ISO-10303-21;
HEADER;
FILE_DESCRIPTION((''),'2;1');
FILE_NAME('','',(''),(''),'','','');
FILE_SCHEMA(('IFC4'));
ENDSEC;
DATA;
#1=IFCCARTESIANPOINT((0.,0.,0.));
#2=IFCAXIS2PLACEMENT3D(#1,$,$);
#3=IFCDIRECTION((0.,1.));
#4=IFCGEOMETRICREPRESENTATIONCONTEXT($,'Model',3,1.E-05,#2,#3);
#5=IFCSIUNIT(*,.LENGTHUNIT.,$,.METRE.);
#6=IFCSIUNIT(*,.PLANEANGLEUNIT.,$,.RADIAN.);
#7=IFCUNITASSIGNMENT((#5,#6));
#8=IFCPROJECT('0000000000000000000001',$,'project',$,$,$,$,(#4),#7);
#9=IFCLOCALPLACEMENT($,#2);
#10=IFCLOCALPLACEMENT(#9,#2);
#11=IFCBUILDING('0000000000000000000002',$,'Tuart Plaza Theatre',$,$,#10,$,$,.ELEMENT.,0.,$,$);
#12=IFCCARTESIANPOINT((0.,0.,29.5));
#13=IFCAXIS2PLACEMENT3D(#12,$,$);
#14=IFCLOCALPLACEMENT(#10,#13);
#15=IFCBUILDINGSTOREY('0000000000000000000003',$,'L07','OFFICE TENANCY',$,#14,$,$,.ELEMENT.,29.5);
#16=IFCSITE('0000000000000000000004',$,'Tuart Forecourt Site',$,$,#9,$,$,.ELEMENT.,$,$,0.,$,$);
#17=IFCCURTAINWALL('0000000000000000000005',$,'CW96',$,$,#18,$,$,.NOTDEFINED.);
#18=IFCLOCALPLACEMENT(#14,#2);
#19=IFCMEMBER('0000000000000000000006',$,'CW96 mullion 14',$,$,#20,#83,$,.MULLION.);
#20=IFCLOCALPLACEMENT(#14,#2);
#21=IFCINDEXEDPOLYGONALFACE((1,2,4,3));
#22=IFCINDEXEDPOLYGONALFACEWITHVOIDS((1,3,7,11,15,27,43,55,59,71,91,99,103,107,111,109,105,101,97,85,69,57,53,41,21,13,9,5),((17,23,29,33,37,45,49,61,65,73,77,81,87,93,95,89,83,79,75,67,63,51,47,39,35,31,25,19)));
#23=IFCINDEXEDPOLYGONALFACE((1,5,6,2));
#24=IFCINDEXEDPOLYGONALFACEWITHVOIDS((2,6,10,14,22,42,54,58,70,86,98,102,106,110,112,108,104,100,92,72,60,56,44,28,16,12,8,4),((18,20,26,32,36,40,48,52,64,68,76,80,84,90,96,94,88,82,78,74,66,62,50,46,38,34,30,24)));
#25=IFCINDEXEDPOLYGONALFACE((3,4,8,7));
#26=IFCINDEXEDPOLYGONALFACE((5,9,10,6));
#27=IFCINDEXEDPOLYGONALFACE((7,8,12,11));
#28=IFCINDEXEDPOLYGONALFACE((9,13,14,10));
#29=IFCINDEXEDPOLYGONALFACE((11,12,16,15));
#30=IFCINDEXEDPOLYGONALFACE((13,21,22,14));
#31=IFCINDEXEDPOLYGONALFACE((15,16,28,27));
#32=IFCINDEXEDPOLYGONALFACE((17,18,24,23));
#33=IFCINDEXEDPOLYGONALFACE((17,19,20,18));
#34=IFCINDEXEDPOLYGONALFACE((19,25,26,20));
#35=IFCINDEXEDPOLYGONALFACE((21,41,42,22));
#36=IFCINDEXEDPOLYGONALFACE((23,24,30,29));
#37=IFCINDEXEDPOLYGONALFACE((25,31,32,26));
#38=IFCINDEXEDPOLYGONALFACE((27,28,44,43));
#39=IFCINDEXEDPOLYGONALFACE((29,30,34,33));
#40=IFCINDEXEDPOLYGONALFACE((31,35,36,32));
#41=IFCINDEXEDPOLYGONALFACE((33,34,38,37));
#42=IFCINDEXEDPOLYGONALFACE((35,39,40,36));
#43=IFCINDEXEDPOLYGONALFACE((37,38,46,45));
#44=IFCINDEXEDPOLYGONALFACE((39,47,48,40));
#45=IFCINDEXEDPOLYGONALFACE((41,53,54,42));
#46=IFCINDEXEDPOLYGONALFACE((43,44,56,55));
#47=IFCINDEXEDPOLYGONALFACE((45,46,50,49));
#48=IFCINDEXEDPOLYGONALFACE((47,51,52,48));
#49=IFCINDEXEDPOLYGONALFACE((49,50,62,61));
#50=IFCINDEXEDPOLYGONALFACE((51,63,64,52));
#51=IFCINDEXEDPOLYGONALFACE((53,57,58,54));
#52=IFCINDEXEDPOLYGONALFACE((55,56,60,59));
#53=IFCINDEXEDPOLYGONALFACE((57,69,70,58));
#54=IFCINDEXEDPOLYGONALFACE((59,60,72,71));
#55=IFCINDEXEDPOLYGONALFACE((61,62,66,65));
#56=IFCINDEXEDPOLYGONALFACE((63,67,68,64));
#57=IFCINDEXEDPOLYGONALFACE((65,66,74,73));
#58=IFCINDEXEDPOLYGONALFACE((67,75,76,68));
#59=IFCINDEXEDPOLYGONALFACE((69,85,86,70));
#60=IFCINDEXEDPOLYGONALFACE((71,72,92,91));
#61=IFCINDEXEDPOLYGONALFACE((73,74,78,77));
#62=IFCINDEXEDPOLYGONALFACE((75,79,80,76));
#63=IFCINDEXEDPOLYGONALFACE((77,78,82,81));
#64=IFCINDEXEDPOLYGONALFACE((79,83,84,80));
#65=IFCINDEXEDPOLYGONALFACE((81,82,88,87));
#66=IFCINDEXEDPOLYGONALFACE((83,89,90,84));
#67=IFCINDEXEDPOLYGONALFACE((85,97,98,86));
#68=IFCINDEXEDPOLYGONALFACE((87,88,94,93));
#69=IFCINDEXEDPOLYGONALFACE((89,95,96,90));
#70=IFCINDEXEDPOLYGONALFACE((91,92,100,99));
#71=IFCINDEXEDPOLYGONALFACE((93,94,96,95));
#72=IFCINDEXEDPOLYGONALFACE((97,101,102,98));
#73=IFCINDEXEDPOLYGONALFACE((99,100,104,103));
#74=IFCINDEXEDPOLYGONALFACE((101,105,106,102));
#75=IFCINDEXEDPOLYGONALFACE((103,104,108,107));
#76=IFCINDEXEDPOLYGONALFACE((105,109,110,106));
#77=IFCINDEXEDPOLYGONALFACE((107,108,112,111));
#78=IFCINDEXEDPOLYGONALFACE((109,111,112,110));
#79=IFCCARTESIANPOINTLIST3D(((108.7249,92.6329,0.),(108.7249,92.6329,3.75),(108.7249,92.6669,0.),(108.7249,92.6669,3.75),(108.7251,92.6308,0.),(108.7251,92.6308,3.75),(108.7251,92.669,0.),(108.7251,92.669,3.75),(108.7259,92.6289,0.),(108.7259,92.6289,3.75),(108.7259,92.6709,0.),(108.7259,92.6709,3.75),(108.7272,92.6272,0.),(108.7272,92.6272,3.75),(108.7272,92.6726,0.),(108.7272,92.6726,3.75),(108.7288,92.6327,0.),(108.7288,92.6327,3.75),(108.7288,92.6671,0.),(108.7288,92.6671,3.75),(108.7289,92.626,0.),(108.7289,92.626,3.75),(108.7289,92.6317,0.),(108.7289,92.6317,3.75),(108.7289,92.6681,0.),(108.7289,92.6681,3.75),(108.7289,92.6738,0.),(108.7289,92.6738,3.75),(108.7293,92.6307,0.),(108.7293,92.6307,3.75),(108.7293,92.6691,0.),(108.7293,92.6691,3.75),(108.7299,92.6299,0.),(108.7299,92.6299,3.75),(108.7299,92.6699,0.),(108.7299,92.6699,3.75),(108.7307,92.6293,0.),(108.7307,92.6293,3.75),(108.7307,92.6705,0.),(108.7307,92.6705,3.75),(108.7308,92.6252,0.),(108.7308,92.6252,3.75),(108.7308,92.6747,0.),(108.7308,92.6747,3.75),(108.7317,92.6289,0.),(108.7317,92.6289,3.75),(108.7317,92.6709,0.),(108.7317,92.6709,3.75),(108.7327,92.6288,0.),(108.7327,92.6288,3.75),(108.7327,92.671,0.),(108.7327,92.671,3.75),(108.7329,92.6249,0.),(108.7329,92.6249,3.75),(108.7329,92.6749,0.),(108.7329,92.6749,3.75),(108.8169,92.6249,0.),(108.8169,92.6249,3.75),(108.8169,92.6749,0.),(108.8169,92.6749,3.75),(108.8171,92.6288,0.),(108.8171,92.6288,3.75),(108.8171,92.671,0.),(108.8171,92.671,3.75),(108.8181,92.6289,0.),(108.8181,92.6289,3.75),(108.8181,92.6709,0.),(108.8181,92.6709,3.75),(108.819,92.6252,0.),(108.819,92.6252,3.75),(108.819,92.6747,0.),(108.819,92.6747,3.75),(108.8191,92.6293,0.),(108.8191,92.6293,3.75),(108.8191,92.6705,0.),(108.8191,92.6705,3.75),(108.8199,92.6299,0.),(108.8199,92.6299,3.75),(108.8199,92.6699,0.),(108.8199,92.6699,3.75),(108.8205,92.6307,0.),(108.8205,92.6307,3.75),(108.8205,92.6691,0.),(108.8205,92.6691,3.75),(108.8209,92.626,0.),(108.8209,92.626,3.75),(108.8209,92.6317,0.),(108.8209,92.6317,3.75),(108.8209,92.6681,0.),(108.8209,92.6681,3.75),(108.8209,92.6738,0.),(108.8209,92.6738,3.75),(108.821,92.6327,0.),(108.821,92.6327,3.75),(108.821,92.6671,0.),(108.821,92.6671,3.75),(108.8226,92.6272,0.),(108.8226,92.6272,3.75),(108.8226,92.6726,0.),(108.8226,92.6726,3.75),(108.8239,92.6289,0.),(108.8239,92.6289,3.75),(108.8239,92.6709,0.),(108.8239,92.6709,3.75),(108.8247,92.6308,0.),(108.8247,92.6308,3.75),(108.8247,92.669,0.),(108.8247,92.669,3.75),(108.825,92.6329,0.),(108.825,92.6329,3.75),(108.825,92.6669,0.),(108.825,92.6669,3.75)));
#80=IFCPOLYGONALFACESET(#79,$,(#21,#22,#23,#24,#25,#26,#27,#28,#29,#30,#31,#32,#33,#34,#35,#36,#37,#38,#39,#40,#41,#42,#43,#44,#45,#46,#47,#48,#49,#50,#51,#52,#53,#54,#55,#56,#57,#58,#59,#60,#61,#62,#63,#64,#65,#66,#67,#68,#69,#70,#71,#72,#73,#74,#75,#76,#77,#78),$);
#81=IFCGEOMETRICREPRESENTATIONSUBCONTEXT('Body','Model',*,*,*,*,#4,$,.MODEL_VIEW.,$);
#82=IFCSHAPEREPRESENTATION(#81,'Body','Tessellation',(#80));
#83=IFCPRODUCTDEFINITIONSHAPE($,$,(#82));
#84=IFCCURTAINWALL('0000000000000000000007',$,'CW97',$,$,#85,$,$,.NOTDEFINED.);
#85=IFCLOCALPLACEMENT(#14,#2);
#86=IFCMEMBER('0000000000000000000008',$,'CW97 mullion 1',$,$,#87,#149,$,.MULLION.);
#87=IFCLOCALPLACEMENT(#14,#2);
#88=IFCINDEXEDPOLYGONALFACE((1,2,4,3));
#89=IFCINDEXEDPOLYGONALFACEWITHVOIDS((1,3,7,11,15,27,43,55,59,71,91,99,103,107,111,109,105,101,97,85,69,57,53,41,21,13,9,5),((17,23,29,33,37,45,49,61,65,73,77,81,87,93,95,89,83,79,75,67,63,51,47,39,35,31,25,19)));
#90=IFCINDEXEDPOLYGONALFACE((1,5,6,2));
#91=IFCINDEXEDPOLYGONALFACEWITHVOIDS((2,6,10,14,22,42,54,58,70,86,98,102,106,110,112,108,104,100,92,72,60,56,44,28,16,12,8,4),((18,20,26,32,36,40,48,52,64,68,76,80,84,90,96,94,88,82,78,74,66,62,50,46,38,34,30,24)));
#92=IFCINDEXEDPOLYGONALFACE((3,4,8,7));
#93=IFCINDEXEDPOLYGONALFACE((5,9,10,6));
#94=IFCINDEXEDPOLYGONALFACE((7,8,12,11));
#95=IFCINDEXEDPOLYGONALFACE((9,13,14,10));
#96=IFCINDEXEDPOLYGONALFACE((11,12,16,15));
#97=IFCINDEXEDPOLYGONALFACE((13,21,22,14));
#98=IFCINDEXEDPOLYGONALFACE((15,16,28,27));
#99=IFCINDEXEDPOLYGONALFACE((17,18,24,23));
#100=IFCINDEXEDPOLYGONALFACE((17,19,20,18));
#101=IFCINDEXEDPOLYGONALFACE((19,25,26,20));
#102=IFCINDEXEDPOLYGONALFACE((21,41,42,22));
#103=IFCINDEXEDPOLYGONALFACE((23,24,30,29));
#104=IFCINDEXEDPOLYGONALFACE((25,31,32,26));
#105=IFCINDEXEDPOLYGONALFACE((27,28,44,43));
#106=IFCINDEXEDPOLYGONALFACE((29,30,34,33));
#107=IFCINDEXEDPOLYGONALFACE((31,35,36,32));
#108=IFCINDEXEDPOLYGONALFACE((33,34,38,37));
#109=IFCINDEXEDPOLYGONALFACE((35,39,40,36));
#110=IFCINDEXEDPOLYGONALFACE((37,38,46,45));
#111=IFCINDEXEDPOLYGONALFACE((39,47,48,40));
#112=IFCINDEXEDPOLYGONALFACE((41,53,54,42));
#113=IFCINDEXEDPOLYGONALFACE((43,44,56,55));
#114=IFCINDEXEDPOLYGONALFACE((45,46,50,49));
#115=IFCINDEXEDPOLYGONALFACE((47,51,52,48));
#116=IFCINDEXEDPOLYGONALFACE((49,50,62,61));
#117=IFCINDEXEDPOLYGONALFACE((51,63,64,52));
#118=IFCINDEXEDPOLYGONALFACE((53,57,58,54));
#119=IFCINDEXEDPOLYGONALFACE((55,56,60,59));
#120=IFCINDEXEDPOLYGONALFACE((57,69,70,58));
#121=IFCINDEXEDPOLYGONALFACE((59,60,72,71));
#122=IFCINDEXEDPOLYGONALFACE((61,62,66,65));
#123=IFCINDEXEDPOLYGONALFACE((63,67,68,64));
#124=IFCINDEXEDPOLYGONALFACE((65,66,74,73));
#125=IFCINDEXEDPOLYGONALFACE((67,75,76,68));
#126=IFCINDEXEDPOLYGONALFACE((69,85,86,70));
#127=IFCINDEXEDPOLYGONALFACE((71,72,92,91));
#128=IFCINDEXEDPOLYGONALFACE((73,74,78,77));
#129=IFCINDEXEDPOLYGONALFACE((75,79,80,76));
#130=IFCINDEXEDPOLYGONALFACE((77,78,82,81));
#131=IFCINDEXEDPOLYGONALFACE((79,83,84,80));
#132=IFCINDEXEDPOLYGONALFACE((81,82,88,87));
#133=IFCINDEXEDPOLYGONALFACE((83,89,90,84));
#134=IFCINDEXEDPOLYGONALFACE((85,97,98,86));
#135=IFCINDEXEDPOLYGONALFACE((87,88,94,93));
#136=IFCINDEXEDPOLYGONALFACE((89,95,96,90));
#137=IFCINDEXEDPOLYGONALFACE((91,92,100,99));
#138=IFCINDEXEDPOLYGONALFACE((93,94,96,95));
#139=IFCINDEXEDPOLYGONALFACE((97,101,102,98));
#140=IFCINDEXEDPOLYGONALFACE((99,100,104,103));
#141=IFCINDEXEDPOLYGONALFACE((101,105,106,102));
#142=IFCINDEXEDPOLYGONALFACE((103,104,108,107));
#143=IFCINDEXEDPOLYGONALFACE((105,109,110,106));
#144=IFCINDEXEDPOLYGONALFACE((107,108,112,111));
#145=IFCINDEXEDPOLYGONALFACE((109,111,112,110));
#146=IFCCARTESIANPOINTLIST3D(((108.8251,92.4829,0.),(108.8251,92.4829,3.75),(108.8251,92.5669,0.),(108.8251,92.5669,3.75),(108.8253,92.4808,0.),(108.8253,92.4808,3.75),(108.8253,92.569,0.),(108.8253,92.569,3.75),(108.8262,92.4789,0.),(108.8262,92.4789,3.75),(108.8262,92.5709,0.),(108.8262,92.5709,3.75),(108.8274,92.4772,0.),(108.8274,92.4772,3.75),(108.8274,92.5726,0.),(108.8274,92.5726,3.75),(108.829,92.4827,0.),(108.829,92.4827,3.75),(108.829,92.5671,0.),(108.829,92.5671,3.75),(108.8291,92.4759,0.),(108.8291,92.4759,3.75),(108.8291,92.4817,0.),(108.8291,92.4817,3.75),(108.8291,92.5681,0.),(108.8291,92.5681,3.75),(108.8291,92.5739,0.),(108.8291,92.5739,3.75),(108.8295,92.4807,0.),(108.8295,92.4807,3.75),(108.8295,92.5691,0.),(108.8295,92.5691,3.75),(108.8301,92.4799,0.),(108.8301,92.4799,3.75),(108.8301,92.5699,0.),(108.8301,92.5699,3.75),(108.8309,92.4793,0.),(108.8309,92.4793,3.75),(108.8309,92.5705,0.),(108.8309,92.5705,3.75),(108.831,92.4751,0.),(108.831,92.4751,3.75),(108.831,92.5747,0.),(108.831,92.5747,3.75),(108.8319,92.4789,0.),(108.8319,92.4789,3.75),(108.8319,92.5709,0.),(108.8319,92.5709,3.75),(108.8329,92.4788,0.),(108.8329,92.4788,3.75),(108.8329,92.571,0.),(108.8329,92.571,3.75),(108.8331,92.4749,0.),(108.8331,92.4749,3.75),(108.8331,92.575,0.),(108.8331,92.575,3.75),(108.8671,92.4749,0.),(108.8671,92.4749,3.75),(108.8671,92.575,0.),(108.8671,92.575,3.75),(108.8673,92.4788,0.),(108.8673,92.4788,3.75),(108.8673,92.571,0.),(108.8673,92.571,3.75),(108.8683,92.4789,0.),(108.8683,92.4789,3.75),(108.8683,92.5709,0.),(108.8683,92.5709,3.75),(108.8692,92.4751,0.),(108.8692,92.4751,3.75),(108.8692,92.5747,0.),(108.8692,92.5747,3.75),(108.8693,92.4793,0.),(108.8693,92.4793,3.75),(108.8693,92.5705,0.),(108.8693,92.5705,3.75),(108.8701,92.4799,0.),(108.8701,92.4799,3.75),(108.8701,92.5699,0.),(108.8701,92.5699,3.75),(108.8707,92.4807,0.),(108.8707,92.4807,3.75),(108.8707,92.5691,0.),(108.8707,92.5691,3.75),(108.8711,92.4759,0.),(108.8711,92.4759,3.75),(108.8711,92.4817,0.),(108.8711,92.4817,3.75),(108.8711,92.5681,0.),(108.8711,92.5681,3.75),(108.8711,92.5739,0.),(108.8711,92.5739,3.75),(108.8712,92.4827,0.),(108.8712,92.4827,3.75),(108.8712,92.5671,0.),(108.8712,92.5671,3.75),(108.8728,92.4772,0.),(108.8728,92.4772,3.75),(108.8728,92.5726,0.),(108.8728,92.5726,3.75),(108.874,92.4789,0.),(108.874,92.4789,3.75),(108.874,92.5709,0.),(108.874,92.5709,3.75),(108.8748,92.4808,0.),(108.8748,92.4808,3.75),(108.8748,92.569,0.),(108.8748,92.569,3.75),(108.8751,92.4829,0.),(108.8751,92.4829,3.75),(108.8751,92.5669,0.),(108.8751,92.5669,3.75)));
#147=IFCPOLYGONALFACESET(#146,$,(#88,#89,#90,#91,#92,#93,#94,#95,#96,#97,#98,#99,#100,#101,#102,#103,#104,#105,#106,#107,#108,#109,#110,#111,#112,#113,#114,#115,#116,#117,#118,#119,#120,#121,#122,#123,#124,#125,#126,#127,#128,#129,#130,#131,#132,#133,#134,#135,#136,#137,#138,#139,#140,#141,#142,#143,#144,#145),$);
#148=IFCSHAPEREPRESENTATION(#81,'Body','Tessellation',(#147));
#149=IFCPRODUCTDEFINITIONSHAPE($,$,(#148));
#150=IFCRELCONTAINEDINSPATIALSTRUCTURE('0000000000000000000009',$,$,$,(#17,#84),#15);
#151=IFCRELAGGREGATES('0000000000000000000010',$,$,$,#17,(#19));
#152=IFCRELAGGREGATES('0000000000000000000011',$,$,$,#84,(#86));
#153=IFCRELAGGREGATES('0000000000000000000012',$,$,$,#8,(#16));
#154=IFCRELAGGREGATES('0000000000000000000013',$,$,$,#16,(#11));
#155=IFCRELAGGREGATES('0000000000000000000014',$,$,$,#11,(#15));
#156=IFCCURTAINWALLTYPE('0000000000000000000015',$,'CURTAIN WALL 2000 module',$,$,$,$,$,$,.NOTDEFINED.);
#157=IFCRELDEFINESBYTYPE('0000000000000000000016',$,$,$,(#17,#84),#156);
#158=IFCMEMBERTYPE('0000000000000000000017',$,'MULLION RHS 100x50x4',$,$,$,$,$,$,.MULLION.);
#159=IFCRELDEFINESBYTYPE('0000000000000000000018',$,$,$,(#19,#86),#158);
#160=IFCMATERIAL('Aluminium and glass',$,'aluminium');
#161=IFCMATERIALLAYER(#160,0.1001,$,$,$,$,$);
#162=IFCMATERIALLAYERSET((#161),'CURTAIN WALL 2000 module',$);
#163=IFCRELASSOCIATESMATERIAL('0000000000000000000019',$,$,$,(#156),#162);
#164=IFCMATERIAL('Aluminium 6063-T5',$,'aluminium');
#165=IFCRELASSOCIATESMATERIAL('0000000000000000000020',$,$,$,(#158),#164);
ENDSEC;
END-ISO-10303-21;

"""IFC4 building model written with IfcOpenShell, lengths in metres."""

from ifc_helpers import new_model, si_unit, direction, frame, origin, origin_2d, place, context, subcontext, project, spatial, hollow_rectangle, extrude, material, layer, layer_set, material_profile, profile_set, type_object, element, aggregate, save


model = new_model("IFC4")

# Units and contexts
model_context = context("Model", 3, precision=1e-05, world=origin(), true_north=direction((0.0, 1.0)))
body_context = subcontext(model_context, "Body", "Model", "MODEL_VIEW")
ifc_project = project(units=[si_unit("LENGTHUNIT", "METRE"), si_unit("PLANEANGLEUNIT", "RADIAN")], contexts=[model_context])

# Site, building, storey
site_placement = place(None, origin())
site = spatial("IfcSite", under=ifc_project, at=site_placement, Name="Tuart Forecourt Site", CompositionType="ELEMENT", RefElevation=0.0)
building_placement = place(site_placement, origin())
building = spatial("IfcBuilding", under=site, at=building_placement, Name="Tuart Plaza Theatre", CompositionType="ELEMENT", ElevationOfRefHeight=0.0)
storey_placement = place(building_placement, frame((0.0, 0.0, 29.5)))
storey = spatial("IfcBuildingStorey", under=building, at=storey_placement, Name="L07", Description="OFFICE TENANCY", CompositionType="ELEMENT", Elevation=29.5)

# Curtain wall, member
ifc_material_1 = material(Name="Aluminium and glass", Category="aluminium")
ifc_layer_1 = layer(ifc_material_1, 0.1001)
ifc_layer_set_1 = layer_set([ifc_layer_1], Name="CURTAIN WALL 2000 module")
curtain_wall_type = type_object("IfcCurtainWallType", Name="CURTAIN WALL 2000 module", PredefinedType="NOTDEFINED", material=ifc_layer_set_1)
curtain_wall_1_placement = place(storey_placement, origin())
curtain_wall_1 = element("IfcCurtainWall", 1, at=curtain_wall_1_placement, inside=storey, type_object=curtain_wall_type, Name="CW96", PredefinedType="NOTDEFINED")
ifc_material_2 = material(Name="Aluminium 6063-T5", Category="aluminium")
ifc_material_profile_1 = material_profile(ifc_material_2, hollow_rectangle(XDim=0.05, YDim=0.1001, WallThickness=0.0039, InnerFilletRadius=0.0039, OuterFilletRadius=0.0081, at=origin_2d()), Name="RHS 100x50x4")
ifc_profile_set_1 = profile_set([ifc_material_profile_1], Name="Aluminium 6063-T5")
member_type_1 = type_object("IfcMemberType", Name="MULLION RHS 100x50x4", PredefinedType="MULLION", material=ifc_profile_set_1)
member_1_placement = place(storey_placement, frame((108.7749, 92.6499, 0.0), z_axis=(0.0, 0.0, 1.0), x_axis=(0.0, -1.0, 0.0)))
member_1 = element("IfcMember", 2, at=member_1_placement, type_object=member_type_1, Name="CW96 mullion 14", PredefinedType="MULLION", context=body_context, shape_type="SweptSolid", body=[
    extrude(hollow_rectangle(XDim=0.05, YDim=0.1001, WallThickness=0.0039, InnerFilletRadius=0.0039, OuterFilletRadius=0.0081, at=origin_2d()), origin(), (0.0, 0.0, 1.0), 3.75),
])
aggregate(curtain_wall_1, [member_1])

# Curtain wall, member
curtain_wall_2_placement = place(storey_placement, origin())
curtain_wall_2 = element("IfcCurtainWall", 3, at=curtain_wall_2_placement, inside=storey, type_object=curtain_wall_type, Name="CW97", PredefinedType="NOTDEFINED")
member_2_placement = place(storey_placement, frame((108.8501, 92.5249, 0.0), z_axis=(0.0, 0.0, 1.0), x_axis=(1.0, 0.0, 0.0)))
member_2 = element("IfcMember", 4, at=member_2_placement, type_object=member_type_1, Name="CW97 mullion 1", PredefinedType="MULLION", context=body_context, shape_type="SweptSolid", body=[
    extrude(hollow_rectangle(XDim=0.05, YDim=0.1001, WallThickness=0.0039, InnerFilletRadius=0.0039, OuterFilletRadius=0.0081, at=origin_2d()), origin(), (0.0, 0.0, 1.0), 3.75),
])
aggregate(curtain_wall_2, [member_2])

save(model, "model.ifc")
